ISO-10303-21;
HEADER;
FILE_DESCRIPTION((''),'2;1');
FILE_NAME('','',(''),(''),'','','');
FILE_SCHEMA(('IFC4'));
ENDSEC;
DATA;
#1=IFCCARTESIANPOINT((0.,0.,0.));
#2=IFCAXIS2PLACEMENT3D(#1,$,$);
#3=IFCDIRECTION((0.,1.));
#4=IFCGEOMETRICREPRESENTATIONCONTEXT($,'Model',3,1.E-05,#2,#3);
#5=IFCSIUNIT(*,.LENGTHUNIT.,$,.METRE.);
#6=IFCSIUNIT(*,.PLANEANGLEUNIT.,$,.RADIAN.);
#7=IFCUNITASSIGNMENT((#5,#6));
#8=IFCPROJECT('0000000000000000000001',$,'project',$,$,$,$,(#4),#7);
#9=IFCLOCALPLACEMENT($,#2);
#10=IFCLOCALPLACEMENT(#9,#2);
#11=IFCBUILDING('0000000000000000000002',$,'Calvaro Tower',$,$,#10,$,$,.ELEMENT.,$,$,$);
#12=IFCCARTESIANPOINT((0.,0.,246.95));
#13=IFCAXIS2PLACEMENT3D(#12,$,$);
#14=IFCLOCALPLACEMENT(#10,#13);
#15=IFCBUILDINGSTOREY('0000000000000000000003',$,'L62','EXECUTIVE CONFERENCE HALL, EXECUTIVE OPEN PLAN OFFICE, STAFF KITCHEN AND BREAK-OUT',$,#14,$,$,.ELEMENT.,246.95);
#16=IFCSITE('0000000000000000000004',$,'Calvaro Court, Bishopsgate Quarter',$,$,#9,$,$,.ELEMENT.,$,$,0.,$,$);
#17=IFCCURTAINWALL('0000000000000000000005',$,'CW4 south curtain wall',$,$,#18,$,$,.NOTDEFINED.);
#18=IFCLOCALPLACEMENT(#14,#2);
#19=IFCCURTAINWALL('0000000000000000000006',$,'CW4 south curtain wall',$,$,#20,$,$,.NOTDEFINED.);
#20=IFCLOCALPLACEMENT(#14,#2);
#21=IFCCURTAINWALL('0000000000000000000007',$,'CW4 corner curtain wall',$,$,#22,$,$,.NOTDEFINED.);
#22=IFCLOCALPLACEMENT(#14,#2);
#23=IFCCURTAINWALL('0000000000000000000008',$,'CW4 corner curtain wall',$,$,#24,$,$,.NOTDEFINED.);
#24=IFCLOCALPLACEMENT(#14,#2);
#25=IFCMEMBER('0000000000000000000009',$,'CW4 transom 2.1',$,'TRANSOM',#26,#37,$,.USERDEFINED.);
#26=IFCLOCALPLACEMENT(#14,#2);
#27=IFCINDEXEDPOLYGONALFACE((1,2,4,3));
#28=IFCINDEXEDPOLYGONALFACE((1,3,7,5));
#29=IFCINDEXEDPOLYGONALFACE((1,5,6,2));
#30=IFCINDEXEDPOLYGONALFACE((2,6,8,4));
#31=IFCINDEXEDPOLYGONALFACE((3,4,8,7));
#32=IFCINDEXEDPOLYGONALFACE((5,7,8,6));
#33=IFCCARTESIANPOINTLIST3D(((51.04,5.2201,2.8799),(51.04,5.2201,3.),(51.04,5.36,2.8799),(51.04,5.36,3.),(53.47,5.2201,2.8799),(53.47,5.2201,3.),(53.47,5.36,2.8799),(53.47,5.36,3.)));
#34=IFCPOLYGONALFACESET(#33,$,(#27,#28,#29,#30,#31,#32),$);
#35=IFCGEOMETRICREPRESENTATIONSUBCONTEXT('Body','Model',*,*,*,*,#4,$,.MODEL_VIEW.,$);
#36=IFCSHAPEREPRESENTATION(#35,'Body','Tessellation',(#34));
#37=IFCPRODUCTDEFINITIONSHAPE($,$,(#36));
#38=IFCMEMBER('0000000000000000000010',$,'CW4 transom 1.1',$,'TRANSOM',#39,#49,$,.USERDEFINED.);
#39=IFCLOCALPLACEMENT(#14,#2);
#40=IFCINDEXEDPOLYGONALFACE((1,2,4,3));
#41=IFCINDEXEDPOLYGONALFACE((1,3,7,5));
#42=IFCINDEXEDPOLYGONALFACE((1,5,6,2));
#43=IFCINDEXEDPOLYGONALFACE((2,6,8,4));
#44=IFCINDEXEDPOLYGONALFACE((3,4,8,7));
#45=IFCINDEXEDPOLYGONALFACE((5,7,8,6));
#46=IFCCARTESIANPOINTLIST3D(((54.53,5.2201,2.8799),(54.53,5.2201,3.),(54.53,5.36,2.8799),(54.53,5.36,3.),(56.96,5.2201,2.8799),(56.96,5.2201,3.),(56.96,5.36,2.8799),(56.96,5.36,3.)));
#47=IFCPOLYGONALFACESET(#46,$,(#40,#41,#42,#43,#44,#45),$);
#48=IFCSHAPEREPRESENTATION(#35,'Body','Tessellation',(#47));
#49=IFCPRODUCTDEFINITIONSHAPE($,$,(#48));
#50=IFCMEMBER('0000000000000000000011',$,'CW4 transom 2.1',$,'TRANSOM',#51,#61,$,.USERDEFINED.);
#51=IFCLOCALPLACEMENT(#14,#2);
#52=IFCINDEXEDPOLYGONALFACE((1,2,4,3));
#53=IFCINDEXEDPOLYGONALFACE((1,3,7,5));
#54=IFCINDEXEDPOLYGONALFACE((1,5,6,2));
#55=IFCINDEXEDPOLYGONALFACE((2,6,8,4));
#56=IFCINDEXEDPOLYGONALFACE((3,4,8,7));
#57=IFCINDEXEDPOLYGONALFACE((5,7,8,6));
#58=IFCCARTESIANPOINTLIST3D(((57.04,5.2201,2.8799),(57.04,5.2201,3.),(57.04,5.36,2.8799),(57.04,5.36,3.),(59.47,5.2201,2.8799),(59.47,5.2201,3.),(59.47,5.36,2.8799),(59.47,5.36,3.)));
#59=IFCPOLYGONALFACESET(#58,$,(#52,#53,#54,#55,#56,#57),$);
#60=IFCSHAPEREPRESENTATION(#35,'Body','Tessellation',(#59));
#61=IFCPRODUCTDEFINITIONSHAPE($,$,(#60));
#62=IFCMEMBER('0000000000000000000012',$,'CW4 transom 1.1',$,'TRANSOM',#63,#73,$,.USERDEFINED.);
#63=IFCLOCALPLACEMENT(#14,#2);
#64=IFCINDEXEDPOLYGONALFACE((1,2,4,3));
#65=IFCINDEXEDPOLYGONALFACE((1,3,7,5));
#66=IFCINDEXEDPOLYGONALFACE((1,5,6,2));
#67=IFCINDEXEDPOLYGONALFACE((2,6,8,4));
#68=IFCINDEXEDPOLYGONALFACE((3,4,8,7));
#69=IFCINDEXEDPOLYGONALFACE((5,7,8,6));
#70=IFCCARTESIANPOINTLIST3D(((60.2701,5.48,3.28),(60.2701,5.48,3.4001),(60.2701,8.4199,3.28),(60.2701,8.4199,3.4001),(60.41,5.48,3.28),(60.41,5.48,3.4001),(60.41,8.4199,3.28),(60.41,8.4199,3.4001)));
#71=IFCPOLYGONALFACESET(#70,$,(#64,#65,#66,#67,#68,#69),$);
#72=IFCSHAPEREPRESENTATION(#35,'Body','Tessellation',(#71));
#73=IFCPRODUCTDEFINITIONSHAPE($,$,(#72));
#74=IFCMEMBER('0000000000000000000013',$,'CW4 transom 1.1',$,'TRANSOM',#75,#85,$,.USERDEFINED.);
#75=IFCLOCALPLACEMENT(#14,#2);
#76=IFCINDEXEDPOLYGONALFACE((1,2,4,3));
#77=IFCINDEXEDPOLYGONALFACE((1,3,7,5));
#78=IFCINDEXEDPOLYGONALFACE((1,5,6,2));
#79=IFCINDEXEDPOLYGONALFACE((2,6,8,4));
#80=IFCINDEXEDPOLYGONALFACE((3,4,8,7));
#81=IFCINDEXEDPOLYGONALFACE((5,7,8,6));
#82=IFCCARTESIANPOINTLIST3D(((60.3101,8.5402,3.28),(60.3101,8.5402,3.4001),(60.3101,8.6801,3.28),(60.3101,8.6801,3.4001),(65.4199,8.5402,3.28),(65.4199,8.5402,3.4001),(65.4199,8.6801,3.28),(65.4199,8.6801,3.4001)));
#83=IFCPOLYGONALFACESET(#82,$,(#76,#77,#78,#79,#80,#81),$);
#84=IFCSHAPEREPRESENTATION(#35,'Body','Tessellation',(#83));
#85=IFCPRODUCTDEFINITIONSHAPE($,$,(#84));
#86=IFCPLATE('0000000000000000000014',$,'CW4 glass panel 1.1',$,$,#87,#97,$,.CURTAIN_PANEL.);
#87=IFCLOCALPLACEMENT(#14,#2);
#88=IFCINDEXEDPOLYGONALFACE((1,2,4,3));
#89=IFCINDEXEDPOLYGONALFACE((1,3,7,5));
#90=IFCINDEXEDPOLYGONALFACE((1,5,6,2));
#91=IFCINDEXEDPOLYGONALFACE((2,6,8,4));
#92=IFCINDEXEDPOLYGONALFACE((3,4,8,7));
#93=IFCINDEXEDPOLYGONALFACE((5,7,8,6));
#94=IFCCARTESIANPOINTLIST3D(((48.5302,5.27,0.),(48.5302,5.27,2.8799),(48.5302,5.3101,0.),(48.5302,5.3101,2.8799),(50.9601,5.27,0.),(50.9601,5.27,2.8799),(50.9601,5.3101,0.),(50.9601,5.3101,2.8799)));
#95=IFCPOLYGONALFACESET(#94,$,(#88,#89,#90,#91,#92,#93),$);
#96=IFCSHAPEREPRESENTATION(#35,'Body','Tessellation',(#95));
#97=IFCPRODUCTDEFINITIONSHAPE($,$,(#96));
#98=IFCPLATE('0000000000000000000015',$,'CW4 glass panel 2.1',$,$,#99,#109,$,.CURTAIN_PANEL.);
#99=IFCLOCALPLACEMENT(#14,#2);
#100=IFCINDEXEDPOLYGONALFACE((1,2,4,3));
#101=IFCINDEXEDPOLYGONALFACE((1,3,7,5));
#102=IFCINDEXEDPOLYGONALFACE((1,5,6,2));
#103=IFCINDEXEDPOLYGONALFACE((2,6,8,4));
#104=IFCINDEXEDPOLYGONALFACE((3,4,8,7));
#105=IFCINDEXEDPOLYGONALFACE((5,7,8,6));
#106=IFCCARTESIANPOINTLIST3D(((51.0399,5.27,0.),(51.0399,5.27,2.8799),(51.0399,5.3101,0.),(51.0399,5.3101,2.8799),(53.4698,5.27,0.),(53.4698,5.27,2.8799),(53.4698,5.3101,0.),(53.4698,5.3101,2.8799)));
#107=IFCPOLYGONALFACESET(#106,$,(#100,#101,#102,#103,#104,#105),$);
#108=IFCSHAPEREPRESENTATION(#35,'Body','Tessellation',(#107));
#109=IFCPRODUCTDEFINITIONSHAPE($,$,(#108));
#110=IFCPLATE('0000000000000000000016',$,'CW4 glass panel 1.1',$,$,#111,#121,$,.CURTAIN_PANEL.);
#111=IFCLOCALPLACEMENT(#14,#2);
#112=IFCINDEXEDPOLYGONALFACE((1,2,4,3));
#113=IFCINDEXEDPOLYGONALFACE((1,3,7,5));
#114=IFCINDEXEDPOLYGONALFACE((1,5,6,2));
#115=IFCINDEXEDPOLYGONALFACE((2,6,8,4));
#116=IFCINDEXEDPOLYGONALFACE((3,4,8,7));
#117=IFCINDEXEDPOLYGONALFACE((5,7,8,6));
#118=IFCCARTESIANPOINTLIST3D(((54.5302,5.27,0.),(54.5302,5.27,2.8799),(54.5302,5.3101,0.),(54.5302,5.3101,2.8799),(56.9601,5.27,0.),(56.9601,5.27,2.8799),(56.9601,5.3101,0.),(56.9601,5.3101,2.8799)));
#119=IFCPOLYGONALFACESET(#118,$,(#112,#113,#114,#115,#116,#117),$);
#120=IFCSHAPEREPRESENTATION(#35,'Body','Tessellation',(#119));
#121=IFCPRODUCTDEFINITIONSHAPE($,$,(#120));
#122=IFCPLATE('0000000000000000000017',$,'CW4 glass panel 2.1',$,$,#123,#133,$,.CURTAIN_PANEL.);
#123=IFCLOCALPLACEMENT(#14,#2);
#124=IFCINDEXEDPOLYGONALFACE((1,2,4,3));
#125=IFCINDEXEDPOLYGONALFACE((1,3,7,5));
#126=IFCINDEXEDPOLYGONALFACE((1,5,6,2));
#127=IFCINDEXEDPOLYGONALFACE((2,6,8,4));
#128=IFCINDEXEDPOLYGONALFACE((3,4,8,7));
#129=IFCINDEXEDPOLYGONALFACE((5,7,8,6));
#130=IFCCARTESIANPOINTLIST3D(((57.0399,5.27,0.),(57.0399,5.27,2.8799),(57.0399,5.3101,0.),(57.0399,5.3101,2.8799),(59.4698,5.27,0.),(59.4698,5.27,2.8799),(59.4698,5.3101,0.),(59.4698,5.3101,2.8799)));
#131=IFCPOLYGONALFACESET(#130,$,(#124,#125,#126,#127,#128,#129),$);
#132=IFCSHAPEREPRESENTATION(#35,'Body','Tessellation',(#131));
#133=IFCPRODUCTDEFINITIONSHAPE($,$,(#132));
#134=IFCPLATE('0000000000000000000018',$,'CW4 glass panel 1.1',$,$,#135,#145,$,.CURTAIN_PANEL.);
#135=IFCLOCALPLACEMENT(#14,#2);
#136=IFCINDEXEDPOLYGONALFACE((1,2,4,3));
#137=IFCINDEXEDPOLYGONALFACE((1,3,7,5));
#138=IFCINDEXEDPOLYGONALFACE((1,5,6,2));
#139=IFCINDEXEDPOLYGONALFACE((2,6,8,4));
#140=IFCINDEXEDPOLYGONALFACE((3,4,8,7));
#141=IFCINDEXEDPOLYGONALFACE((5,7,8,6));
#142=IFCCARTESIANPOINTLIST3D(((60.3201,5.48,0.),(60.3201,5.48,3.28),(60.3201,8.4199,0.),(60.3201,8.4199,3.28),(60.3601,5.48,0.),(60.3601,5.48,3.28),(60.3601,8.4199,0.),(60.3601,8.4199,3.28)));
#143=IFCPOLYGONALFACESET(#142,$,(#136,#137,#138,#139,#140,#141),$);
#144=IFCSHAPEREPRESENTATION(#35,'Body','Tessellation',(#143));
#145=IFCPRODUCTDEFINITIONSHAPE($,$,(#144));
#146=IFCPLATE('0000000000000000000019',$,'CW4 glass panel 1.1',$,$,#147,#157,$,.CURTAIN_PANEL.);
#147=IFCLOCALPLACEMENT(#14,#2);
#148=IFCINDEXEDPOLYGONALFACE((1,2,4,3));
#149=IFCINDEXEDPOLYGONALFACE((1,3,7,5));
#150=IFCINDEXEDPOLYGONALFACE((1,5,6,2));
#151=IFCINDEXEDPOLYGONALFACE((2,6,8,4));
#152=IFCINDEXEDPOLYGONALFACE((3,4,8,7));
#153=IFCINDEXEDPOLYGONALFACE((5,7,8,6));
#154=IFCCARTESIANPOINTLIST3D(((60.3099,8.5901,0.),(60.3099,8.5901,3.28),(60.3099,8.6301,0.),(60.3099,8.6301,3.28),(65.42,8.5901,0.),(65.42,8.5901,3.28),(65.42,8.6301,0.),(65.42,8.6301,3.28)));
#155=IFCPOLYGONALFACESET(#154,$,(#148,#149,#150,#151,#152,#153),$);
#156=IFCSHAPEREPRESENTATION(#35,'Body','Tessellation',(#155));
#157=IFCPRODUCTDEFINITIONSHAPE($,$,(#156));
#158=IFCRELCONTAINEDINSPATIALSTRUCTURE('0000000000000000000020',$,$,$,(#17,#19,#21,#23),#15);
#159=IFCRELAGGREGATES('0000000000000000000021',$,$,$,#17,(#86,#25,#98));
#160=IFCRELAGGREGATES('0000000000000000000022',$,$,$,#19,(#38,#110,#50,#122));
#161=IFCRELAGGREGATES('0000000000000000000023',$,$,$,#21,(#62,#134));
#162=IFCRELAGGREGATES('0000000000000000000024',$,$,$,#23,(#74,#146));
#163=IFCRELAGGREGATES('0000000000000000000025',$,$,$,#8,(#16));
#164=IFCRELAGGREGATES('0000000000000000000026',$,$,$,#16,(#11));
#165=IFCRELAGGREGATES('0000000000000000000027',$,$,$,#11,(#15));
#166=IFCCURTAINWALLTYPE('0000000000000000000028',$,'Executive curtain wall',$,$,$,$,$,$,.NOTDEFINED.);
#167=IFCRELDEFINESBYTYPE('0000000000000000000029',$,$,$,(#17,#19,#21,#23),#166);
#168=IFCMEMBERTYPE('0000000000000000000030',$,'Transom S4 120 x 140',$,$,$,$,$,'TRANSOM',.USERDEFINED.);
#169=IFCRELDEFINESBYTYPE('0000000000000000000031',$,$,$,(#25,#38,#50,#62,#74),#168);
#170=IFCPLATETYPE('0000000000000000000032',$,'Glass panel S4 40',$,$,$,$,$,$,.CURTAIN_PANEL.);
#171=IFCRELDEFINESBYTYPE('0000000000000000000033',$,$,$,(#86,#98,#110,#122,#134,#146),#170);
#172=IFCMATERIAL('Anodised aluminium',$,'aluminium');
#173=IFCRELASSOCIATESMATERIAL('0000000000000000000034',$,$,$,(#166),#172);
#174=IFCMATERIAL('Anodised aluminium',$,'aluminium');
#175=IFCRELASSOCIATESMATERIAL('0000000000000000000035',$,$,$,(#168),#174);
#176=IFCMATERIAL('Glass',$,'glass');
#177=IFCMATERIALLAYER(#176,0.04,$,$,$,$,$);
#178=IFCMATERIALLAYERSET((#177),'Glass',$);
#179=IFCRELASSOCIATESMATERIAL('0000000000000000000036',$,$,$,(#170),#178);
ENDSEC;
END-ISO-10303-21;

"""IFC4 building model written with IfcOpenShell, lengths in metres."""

from ifc_helpers import new_model, si_unit, direction, frame, origin, origin_2d, place, context, subcontext, project, spatial, rectangle, extrude, material, layer, layer_set, material_profile, profile_set, type_object, element, aggregate, save


model = new_model("IFC4")

# Units and contexts
model_context = context("Model", 3, precision=1e-05, world=origin(), true_north=direction((0.0, 1.0)))
body_context = subcontext(model_context, "Body", "Model", "MODEL_VIEW")
ifc_project = project(units=[si_unit("LENGTHUNIT", "METRE"), si_unit("PLANEANGLEUNIT", "RADIAN")], contexts=[model_context])

# Site, building, storey
site_placement = place(None, origin())
site = spatial("IfcSite", under=ifc_project, at=site_placement, Name="Calvaro Court, Bishopsgate Quarter", CompositionType="ELEMENT", RefElevation=0.0)
building_placement = place(site_placement, origin())
building = spatial("IfcBuilding", under=site, at=building_placement, Name="Calvaro Tower", CompositionType="ELEMENT")
storey_placement = place(building_placement, frame((0.0, 0.0, 246.95)))
storey = spatial("IfcBuildingStorey", under=building, at=storey_placement, Name="L62", Description="EXECUTIVE CONFERENCE HALL, EXECUTIVE OPEN PLAN OFFICE, STAFF KITCHEN AND BREAK-OUT", CompositionType="ELEMENT", Elevation=246.95)

# Curtain walls
ifc_material_1 = material(Name="Anodised aluminium", Category="aluminium")
curtain_wall_type = type_object("IfcCurtainWallType", Name="Executive curtain wall", PredefinedType="NOTDEFINED", material=ifc_material_1)
curtain_wall_1_placement = place(storey_placement, origin())
curtain_wall_1 = element("IfcCurtainWall", 1, at=curtain_wall_1_placement, inside=storey, type_object=curtain_wall_type, Name="CW4 south curtain wall", PredefinedType="NOTDEFINED")
curtain_wall_2_placement = place(storey_placement, origin())
curtain_wall_2 = element("IfcCurtainWall", 2, at=curtain_wall_2_placement, inside=storey, type_object=curtain_wall_type, Name="CW4 south curtain wall", PredefinedType="NOTDEFINED")
curtain_wall_3_placement = place(storey_placement, origin())
curtain_wall_3 = element("IfcCurtainWall", 3, at=curtain_wall_3_placement, inside=storey, type_object=curtain_wall_type, Name="CW4 corner curtain wall", PredefinedType="NOTDEFINED")
curtain_wall_4_placement = place(storey_placement, origin())
curtain_wall_4 = element("IfcCurtainWall", 4, at=curtain_wall_4_placement, inside=storey, type_object=curtain_wall_type, Name="CW4 corner curtain wall", PredefinedType="NOTDEFINED")

# Members
ifc_material_2 = material(Name="Anodised aluminium", Category="aluminium")
ifc_material_profile_1 = material_profile(ifc_material_2, rectangle(XDim=0.1399, YDim=0.1201, at=origin_2d()), Name="Transom S4 120 x 140")
ifc_profile_set_1 = profile_set([ifc_material_profile_1], Name="Anodised aluminium")
member_type_1 = type_object("IfcMemberType", Name="Transom S4 120 x 140", ElementType="TRANSOM", PredefinedType="USERDEFINED", material=ifc_profile_set_1)
member_1_placement = place(storey_placement, frame((51.04, 5.29, 2.9399), z_axis=(1.0, 0.0, 0.0), x_axis=(0.0, 1.0, 0.0)))
member_1 = element("IfcMember", 5, at=member_1_placement, type_object=member_type_1, Name="CW4 transom 2.1", ObjectType="TRANSOM", PredefinedType="USERDEFINED", context=body_context, shape_type="SweptSolid", body=[
    extrude(rectangle(XDim=0.1399, YDim=0.1201, at=origin_2d()), origin(), (0.0, 0.0, 1.0), 2.4299),
])
member_2_placement = place(storey_placement, frame((54.53, 5.29, 2.9399), z_axis=(1.0, 0.0, 0.0), x_axis=(0.0, 1.0, 0.0)))
member_2 = element("IfcMember", 6, at=member_2_placement, type_object=member_type_1, Name="CW4 transom 1.1", ObjectType="TRANSOM", PredefinedType="USERDEFINED", context=body_context, shape_type="SweptSolid", body=[
    extrude(rectangle(XDim=0.1399, YDim=0.1201, at=origin_2d()), origin(), (0.0, 0.0, 1.0), 2.4299),
])
member_3_placement = place(storey_placement, frame((57.04, 5.29, 2.9399), z_axis=(1.0, 0.0, 0.0), x_axis=(0.0, 1.0, 0.0)))
member_3 = element("IfcMember", 7, at=member_3_placement, type_object=member_type_1, Name="CW4 transom 2.1", ObjectType="TRANSOM", PredefinedType="USERDEFINED", context=body_context, shape_type="SweptSolid", body=[
    extrude(rectangle(XDim=0.1399, YDim=0.1201, at=origin_2d()), origin(), (0.0, 0.0, 1.0), 2.4299),
])
member_4_placement = place(storey_placement, frame((60.3401, 5.48, 3.3401), z_axis=(0.0, 1.0, 0.0), x_axis=(-1.0, 0.0, 0.0)))
member_4 = element("IfcMember", 8, at=member_4_placement, type_object=member_type_1, Name="CW4 transom 1.1", ObjectType="TRANSOM", PredefinedType="USERDEFINED", context=body_context, shape_type="SweptSolid", body=[
    extrude(rectangle(XDim=0.1399, YDim=0.1201, at=origin_2d()), origin(), (0.0, 0.0, 1.0), 2.9399),
])
member_5_placement = place(storey_placement, frame((60.3101, 8.6101, 3.3401), z_axis=(1.0, 0.0, 0.0), x_axis=(0.0, 1.0, 0.0)))
member_5 = element("IfcMember", 9, at=member_5_placement, type_object=member_type_1, Name="CW4 transom 1.1", ObjectType="TRANSOM", PredefinedType="USERDEFINED", context=body_context, shape_type="SweptSolid", body=[
    extrude(rectangle(XDim=0.1399, YDim=0.1201, at=origin_2d()), origin(), (0.0, 0.0, 1.0), 5.1099),
])

# Plates
ifc_material_3 = material(Name="Glass", Category="glass")
ifc_layer_1 = layer(ifc_material_3, 0.04)
ifc_layer_set_1 = layer_set([ifc_layer_1], Name="Glass")
plate_type = type_object("IfcPlateType", Name="Glass panel S4 40", PredefinedType="CURTAIN_PANEL", material=ifc_layer_set_1)
plate_1_placement = place(storey_placement, frame((49.7451, 5.29, 0.0), z_axis=(0.0, 0.0, 1.0), x_axis=(1.0, 0.0, 0.0)))
plate_1 = element("IfcPlate", 10, at=plate_1_placement, type_object=plate_type, Name="CW4 glass panel 1.1", PredefinedType="CURTAIN_PANEL", context=body_context, shape_type="SweptSolid", body=[
    extrude(rectangle(XDim=2.4299, YDim=0.04, at=origin_2d()), origin(), (0.0, 0.0, 1.0), 2.8799),
])
plate_2_placement = place(storey_placement, frame((52.2549, 5.29, 0.0), z_axis=(0.0, 0.0, 1.0), x_axis=(1.0, 0.0, 0.0)))
plate_2 = element("IfcPlate", 11, at=plate_2_placement, type_object=plate_type, Name="CW4 glass panel 2.1", PredefinedType="CURTAIN_PANEL", context=body_context, shape_type="SweptSolid", body=[
    extrude(rectangle(XDim=2.4299, YDim=0.04, at=origin_2d()), origin(), (0.0, 0.0, 1.0), 2.8799),
])
aggregate(curtain_wall_1, [plate_1, member_1, plate_2])
plate_3_placement = place(storey_placement, frame((55.7451, 5.29, 0.0), z_axis=(0.0, 0.0, 1.0), x_axis=(1.0, 0.0, 0.0)))
plate_3 = element("IfcPlate", 12, at=plate_3_placement, type_object=plate_type, Name="CW4 glass panel 1.1", PredefinedType="CURTAIN_PANEL", context=body_context, shape_type="SweptSolid", body=[
    extrude(rectangle(XDim=2.4299, YDim=0.04, at=origin_2d()), origin(), (0.0, 0.0, 1.0), 2.8799),
])
plate_4_placement = place(storey_placement, frame((58.2549, 5.29, 0.0), z_axis=(0.0, 0.0, 1.0), x_axis=(1.0, 0.0, 0.0)))
plate_4 = element("IfcPlate", 13, at=plate_4_placement, type_object=plate_type, Name="CW4 glass panel 2.1", PredefinedType="CURTAIN_PANEL", context=body_context, shape_type="SweptSolid", body=[
    extrude(rectangle(XDim=2.4299, YDim=0.04, at=origin_2d()), origin(), (0.0, 0.0, 1.0), 2.8799),
])
aggregate(curtain_wall_2, [member_2, plate_3, member_3, plate_4])
plate_5_placement = place(storey_placement, frame((60.3401, 6.95, 0.0), z_axis=(0.0, 0.0, 1.0), x_axis=(0.0, 1.0, 0.0)))
plate_5 = element("IfcPlate", 14, at=plate_5_placement, type_object=plate_type, Name="CW4 glass panel 1.1", PredefinedType="CURTAIN_PANEL", context=body_context, shape_type="SweptSolid", body=[
    extrude(rectangle(XDim=2.9399, YDim=0.04, at=origin_2d()), origin(), (0.0, 0.0, 1.0), 3.28),
])
aggregate(curtain_wall_3, [member_4, plate_5])
plate_6_placement = place(storey_placement, frame((62.865, 8.6101, 0.0), z_axis=(0.0, 0.0, 1.0), x_axis=(1.0, 0.0, 0.0)))
plate_6 = element("IfcPlate", 15, at=plate_6_placement, type_object=plate_type, Name="CW4 glass panel 1.1", PredefinedType="CURTAIN_PANEL", context=body_context, shape_type="SweptSolid", body=[
    extrude(rectangle(XDim=5.1101, YDim=0.04, at=origin_2d()), origin(), (0.0, 0.0, 1.0), 3.28),
])
aggregate(curtain_wall_4, [member_5, plate_6])

save(model, "model.ifc")
